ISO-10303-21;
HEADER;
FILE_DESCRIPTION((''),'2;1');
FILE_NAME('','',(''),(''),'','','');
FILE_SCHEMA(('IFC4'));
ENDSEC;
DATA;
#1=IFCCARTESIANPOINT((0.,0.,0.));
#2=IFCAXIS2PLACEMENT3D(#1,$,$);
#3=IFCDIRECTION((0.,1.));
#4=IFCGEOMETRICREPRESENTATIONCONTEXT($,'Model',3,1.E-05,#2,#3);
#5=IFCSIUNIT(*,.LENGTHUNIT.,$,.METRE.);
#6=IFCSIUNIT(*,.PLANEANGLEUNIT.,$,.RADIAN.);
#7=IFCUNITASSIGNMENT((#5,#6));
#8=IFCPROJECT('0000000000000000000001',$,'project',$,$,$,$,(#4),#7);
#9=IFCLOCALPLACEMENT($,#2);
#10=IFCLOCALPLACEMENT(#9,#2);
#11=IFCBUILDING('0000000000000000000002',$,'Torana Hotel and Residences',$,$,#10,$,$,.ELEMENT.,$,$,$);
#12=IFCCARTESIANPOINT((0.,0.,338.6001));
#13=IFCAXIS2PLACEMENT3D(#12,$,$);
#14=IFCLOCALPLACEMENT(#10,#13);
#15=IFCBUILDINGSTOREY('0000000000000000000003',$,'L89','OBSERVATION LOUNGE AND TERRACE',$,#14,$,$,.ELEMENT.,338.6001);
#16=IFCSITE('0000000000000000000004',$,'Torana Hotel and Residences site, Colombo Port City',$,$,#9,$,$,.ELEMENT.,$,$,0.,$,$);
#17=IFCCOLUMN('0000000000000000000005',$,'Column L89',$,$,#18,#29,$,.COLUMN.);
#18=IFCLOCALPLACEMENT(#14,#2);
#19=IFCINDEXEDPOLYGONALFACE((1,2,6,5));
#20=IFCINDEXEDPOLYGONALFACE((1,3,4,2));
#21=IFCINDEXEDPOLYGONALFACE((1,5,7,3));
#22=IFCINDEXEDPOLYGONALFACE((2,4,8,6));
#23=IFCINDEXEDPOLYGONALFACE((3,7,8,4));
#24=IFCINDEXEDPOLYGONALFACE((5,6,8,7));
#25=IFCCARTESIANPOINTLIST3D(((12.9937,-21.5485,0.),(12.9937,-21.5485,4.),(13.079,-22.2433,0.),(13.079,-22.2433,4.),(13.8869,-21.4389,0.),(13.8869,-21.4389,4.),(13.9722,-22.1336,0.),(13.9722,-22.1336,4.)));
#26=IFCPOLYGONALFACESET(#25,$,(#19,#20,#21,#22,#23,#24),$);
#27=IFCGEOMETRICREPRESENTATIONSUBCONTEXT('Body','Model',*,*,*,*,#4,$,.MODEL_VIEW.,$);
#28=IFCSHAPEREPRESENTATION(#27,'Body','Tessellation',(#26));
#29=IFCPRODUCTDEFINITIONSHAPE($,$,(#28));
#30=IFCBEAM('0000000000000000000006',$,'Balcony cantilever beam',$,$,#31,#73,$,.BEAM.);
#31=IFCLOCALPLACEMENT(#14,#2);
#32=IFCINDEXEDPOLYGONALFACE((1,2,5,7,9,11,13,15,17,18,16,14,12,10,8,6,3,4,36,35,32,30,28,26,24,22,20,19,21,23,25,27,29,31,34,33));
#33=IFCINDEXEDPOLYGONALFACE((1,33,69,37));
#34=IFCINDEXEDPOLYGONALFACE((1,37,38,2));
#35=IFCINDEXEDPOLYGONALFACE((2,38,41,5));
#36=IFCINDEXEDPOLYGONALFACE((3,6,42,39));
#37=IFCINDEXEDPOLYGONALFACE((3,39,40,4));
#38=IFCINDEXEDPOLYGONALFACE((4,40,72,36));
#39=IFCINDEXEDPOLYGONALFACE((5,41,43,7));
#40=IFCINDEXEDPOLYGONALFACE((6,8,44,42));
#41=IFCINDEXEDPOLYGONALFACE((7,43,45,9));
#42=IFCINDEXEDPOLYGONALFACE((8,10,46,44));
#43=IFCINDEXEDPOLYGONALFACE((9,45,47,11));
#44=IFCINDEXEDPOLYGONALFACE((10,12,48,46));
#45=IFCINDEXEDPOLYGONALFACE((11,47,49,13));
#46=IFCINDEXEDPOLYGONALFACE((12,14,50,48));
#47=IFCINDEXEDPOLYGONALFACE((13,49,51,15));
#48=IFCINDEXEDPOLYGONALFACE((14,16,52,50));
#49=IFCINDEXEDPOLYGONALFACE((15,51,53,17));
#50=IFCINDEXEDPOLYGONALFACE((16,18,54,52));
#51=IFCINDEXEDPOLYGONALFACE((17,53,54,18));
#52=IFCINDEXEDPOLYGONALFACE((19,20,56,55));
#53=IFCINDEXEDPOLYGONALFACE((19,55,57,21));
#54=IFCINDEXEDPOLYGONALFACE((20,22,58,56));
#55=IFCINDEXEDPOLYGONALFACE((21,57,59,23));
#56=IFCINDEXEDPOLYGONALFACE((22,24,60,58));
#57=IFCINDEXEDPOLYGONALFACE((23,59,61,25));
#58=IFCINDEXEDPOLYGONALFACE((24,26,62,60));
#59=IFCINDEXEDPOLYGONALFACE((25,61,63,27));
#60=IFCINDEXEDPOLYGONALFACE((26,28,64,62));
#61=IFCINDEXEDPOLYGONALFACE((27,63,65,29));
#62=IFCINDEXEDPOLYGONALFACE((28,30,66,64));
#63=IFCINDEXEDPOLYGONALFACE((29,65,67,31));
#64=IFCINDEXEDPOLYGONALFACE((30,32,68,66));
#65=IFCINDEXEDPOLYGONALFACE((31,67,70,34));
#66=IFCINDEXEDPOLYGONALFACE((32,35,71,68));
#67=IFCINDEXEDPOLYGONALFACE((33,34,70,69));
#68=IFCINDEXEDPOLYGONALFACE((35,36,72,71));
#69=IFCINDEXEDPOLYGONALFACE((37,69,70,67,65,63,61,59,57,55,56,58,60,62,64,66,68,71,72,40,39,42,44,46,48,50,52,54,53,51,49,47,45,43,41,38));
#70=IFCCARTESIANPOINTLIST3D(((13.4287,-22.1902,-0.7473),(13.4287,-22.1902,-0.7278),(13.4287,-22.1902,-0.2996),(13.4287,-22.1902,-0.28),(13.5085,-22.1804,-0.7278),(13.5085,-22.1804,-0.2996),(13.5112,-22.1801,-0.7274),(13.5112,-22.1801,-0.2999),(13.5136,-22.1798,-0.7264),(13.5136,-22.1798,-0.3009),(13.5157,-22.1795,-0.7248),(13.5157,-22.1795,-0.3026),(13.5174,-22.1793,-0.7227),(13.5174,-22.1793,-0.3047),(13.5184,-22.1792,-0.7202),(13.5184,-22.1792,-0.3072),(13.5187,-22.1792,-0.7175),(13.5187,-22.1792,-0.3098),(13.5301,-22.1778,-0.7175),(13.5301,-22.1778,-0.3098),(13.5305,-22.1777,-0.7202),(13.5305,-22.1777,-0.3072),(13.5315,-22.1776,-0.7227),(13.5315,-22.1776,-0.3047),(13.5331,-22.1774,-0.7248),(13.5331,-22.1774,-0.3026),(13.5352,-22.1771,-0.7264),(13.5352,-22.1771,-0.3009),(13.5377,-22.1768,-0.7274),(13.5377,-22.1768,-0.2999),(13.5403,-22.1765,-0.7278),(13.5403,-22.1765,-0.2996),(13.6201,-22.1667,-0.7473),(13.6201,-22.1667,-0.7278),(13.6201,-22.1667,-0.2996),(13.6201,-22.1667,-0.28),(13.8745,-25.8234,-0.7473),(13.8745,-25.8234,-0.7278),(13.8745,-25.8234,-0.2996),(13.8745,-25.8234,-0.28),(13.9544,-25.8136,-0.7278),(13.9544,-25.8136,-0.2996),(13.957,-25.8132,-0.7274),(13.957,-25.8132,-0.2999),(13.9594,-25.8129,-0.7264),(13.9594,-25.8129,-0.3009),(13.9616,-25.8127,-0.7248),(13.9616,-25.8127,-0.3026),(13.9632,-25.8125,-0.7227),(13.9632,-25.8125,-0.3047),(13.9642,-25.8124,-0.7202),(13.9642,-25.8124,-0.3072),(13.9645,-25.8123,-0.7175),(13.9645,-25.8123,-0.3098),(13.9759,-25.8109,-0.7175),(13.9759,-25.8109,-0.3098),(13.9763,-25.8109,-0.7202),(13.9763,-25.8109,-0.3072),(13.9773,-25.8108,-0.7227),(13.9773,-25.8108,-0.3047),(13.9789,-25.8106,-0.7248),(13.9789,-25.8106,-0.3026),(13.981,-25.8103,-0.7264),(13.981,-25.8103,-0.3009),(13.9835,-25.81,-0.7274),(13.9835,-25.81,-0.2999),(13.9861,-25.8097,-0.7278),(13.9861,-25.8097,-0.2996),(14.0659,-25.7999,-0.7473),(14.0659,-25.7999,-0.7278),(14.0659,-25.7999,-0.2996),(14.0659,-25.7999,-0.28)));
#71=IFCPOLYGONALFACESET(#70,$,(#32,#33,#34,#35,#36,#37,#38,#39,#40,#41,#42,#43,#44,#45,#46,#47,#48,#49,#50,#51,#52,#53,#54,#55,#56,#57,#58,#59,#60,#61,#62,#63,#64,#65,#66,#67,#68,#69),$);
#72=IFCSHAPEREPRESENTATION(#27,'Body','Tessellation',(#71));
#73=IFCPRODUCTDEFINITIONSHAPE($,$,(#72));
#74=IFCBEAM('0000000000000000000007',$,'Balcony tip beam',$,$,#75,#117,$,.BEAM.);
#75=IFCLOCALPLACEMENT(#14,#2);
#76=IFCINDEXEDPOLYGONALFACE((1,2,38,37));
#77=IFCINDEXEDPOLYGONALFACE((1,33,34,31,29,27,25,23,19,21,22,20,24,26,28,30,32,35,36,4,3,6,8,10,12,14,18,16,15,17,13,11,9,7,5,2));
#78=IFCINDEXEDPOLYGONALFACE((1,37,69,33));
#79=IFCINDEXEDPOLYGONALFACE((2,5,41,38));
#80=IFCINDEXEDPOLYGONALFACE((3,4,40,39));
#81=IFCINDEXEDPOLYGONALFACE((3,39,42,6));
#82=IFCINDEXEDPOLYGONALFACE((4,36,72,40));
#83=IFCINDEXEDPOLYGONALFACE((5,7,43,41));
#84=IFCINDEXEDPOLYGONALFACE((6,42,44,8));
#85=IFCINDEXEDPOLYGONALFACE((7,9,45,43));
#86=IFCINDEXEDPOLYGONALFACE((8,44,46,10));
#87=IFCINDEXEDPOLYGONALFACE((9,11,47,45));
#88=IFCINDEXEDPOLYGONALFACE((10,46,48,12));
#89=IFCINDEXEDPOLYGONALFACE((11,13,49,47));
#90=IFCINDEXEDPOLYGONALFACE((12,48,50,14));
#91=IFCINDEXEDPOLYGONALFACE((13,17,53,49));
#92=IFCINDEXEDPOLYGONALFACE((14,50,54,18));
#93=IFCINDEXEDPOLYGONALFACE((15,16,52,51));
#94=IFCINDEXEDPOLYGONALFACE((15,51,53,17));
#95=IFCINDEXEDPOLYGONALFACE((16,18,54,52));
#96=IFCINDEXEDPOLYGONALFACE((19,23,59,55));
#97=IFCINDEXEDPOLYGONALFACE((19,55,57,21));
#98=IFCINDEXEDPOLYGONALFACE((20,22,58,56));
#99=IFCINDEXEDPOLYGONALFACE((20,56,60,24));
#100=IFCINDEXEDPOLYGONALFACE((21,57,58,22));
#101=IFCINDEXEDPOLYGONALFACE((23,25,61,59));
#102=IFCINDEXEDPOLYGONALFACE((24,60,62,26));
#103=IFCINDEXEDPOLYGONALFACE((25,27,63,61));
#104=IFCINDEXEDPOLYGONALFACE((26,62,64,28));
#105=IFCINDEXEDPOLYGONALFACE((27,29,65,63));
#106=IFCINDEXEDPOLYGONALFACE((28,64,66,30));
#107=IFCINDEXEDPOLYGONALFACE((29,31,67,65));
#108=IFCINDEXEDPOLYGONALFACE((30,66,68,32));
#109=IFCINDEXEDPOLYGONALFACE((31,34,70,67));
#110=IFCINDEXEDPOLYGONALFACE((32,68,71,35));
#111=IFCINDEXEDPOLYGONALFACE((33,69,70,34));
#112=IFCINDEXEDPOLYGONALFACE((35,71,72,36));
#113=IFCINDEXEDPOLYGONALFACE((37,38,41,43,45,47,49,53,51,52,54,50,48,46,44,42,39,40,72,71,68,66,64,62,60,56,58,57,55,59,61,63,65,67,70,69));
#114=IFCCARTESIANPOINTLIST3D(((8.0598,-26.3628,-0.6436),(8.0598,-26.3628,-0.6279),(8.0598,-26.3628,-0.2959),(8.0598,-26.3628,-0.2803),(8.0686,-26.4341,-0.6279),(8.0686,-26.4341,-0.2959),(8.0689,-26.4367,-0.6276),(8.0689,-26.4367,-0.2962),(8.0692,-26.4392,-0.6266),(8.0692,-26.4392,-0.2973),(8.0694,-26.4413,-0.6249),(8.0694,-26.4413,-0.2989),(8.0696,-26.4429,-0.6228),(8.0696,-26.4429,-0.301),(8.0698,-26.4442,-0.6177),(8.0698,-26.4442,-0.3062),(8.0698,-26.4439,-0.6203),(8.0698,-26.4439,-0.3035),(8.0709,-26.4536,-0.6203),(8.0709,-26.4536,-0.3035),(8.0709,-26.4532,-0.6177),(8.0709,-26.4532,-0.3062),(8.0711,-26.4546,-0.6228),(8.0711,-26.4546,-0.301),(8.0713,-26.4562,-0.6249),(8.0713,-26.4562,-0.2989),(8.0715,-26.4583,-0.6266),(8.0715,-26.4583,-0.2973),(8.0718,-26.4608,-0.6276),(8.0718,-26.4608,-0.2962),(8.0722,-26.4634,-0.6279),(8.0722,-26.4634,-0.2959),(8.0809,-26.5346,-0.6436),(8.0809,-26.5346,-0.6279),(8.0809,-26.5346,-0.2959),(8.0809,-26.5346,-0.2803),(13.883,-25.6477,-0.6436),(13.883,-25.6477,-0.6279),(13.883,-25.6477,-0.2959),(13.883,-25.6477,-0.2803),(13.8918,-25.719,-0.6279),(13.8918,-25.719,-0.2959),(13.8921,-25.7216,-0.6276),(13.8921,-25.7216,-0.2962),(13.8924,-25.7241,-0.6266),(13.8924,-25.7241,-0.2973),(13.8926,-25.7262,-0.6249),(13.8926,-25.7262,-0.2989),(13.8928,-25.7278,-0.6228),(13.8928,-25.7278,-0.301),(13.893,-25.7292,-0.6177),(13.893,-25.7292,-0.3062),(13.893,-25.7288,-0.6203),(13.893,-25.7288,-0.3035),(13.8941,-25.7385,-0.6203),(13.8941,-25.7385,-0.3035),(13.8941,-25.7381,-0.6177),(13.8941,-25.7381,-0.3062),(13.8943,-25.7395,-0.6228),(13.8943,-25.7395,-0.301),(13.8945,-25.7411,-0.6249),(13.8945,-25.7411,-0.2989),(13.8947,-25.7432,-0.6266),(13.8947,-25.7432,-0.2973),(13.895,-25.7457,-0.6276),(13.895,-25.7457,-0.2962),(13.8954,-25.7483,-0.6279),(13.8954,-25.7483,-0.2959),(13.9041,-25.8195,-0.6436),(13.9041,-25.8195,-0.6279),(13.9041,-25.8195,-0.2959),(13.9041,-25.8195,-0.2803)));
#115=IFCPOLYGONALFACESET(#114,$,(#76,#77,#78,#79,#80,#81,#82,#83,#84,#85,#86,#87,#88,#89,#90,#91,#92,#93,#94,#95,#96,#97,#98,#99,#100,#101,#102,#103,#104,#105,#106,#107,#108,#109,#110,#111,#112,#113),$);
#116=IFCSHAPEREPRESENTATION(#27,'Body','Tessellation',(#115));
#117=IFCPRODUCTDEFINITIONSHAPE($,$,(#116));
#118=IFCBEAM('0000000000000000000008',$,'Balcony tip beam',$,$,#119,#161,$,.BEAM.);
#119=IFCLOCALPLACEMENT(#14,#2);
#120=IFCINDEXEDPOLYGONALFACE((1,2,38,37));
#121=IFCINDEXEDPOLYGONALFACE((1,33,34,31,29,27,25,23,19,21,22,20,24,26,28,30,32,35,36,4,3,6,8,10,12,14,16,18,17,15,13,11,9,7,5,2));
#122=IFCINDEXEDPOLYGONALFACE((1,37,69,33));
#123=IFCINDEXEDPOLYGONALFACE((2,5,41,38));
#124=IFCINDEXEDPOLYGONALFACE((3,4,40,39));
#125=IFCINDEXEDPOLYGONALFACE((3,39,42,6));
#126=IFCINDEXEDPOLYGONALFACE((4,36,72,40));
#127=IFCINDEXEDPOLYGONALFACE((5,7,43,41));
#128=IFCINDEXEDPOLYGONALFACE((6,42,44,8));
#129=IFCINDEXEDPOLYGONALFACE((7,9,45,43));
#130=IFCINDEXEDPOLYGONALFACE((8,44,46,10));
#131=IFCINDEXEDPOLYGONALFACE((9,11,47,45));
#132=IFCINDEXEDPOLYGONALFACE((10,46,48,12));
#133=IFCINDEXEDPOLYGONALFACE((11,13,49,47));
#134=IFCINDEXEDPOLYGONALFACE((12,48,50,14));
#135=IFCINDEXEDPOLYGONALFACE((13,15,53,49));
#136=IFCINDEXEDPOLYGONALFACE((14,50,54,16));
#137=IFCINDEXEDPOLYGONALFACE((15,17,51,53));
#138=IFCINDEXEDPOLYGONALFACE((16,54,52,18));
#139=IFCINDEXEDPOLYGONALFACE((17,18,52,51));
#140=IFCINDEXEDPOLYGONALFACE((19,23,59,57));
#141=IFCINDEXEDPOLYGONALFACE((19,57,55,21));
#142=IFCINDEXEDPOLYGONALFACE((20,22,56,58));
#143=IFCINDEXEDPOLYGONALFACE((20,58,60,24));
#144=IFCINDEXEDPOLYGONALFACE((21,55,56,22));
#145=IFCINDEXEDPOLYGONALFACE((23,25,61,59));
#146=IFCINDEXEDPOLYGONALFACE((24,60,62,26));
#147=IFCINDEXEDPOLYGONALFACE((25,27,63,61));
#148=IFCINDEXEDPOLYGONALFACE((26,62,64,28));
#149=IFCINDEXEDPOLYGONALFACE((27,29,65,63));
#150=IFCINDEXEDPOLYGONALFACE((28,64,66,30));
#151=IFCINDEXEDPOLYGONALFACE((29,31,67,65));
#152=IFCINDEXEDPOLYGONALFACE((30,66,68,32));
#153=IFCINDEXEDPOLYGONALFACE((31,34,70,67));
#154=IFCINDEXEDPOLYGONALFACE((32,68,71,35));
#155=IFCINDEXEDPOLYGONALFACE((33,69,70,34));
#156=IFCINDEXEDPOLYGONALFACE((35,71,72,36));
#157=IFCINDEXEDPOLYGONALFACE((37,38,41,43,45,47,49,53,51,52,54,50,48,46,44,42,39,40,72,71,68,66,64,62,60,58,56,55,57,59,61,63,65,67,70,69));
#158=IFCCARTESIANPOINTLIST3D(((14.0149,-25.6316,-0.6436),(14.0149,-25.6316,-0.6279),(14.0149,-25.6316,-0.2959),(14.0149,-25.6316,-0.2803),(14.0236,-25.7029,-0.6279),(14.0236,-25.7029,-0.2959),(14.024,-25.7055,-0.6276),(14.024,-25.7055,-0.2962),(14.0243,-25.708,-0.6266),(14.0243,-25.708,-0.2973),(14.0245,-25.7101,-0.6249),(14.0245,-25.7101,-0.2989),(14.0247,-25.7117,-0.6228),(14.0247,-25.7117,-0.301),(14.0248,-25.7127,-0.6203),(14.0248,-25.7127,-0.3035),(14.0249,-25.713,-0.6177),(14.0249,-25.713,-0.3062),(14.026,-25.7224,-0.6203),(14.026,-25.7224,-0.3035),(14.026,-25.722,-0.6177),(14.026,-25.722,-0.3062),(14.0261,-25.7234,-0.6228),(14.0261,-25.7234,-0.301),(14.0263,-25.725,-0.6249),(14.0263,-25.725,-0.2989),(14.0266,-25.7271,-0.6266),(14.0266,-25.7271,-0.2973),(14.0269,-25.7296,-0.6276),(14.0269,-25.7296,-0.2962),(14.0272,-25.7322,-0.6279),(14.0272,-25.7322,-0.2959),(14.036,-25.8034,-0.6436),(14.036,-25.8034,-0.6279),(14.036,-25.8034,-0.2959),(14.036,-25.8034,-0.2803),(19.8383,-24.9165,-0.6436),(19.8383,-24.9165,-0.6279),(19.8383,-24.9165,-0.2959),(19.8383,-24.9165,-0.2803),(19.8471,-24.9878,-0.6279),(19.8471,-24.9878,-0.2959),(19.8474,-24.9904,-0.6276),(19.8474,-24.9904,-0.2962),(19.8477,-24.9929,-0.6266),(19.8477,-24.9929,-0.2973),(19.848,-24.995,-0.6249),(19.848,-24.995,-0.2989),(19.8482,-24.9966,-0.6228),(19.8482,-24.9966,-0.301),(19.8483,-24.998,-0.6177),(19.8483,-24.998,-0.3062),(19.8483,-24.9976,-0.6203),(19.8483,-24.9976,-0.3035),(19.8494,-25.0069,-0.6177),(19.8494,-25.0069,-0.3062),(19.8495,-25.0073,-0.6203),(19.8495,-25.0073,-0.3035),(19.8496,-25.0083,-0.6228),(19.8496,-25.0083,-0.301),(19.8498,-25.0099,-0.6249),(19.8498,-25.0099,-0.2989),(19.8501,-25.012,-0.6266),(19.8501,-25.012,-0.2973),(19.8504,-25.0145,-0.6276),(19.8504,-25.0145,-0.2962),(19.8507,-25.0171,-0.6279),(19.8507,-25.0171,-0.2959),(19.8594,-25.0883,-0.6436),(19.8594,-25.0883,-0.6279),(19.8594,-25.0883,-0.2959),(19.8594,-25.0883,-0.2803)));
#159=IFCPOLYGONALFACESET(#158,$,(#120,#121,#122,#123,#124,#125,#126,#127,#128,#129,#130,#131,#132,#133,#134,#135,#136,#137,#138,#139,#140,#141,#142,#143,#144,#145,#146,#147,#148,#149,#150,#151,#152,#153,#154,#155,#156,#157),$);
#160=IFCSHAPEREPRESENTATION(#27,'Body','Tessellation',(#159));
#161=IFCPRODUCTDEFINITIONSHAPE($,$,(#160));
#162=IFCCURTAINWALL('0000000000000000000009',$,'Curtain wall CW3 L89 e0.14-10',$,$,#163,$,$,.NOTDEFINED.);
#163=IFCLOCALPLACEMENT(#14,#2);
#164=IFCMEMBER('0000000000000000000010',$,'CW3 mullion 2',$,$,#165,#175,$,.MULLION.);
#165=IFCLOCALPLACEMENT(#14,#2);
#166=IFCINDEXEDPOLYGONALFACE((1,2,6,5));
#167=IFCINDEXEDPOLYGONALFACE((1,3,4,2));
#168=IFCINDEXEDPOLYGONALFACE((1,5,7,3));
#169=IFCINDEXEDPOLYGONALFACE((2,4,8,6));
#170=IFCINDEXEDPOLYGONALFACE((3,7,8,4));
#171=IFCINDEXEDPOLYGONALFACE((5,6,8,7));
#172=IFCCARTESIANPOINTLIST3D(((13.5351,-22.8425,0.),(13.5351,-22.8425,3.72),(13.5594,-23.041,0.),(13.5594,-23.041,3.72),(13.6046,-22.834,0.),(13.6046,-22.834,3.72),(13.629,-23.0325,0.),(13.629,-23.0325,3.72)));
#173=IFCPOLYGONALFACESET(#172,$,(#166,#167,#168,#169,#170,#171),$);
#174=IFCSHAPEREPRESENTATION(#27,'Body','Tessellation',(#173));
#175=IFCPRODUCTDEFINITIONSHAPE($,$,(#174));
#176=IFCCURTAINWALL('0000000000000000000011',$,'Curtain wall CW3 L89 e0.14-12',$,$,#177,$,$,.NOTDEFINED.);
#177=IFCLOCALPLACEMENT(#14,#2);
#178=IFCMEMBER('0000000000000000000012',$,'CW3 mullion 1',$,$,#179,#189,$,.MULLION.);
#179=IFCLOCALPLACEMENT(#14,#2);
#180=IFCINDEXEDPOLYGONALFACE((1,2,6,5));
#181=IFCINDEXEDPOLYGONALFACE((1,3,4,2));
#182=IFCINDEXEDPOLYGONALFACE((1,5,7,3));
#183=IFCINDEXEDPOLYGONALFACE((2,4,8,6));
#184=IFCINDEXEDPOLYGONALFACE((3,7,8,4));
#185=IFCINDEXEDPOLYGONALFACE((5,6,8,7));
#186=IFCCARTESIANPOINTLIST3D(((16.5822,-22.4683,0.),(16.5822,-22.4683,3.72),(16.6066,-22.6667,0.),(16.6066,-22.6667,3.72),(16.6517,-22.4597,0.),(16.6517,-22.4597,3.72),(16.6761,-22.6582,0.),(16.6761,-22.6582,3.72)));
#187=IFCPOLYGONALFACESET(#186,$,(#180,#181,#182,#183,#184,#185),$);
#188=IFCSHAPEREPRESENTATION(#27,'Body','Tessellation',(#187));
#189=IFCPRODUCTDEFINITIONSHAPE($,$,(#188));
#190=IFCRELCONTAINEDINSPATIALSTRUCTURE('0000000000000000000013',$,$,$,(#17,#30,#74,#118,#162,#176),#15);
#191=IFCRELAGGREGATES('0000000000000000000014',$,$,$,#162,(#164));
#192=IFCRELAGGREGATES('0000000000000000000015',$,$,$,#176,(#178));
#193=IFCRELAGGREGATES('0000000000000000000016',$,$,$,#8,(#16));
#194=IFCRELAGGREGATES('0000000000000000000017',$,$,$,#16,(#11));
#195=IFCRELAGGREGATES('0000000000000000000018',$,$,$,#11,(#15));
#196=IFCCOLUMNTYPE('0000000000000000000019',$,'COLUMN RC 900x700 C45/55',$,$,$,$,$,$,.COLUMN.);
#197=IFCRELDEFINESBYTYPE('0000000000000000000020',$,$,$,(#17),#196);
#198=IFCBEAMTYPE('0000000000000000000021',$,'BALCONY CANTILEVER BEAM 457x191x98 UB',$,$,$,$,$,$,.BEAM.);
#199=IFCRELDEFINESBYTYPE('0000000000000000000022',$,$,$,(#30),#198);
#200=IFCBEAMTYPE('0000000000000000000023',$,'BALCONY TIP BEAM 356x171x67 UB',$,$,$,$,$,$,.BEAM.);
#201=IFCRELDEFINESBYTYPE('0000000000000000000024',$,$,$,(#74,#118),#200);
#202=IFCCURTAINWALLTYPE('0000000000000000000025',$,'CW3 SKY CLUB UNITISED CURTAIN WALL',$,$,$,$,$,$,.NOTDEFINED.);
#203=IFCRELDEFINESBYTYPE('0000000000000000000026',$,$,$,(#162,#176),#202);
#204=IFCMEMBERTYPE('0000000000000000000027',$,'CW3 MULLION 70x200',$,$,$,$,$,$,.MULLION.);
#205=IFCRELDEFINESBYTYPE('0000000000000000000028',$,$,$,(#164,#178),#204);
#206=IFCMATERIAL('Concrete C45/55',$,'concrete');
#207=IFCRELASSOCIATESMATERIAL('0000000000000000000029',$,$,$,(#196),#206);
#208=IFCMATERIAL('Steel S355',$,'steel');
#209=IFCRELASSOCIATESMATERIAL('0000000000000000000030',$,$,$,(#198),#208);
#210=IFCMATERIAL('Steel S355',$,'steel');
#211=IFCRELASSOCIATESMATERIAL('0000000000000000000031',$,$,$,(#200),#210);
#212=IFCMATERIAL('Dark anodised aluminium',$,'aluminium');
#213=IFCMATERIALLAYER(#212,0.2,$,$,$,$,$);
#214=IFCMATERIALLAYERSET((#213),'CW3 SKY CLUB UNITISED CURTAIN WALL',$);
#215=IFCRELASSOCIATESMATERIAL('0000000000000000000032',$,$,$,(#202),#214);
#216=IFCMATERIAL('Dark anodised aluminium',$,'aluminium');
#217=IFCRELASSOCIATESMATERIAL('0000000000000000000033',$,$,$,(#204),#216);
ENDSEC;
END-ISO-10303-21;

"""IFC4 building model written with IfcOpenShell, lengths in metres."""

from ifc_helpers import new_model, si_unit, direction, frame, origin, origin_2d, place, context, subcontext, project, spatial, rectangle, i_section, extrude, material, layer, layer_set, material_profile, profile_set, type_object, element, aggregate, save


model = new_model("IFC4")

# Units and contexts
model_context = context("Model", 3, precision=1e-05, world=origin(), true_north=direction((0.0, 1.0)))
body_context = subcontext(model_context, "Body", "Model", "MODEL_VIEW")
ifc_project = project(units=[si_unit("LENGTHUNIT", "METRE"), si_unit("PLANEANGLEUNIT", "RADIAN")], contexts=[model_context])

# Site, building, storey
site_placement = place(None, origin())
site = spatial("IfcSite", under=ifc_project, at=site_placement, Name="Torana Hotel and Residences site, Colombo Port City", CompositionType="ELEMENT", RefElevation=0.0)
building_placement = place(site_placement, origin())
building = spatial("IfcBuilding", under=site, at=building_placement, Name="Torana Hotel and Residences", CompositionType="ELEMENT")
storey_placement = place(building_placement, frame((0.0, 0.0, 338.6001)))
storey = spatial("IfcBuildingStorey", under=building, at=storey_placement, Name="L89", Description="OBSERVATION LOUNGE AND TERRACE", CompositionType="ELEMENT", Elevation=338.6001)

# Column
ifc_material_1 = material(Name="Concrete C45/55", Category="concrete")
ifc_material_profile_1 = material_profile(ifc_material_1, rectangle(XDim=0.8999, YDim=0.7, at=origin_2d()), Name="RC 900x700")
ifc_profile_set_1 = profile_set([ifc_material_profile_1], Name="Concrete C45/55")
column_type = type_object("IfcColumnType", Name="COLUMN RC 900x700 C45/55", PredefinedType="COLUMN", material=ifc_profile_set_1)
column_placement = place(storey_placement, frame((13.4829, -21.8411, 0.0), z_axis=(0.0, 0.0, 1.0), x_axis=(0.992546, 0.121869, 0.0)))
element("IfcColumn", 1, at=column_placement, inside=storey, type_object=column_type, Name="Column L89", PredefinedType="COLUMN", context=body_context, shape_type="SweptSolid", body=[
    extrude(rectangle(XDim=0.8999, YDim=0.7, at=origin_2d()), origin(), (0.0, 0.0, 1.0), 4.0),
])

# Beams
ifc_material_2 = material(Name="Steel S355", Category="steel")
ifc_material_profile_2 = material_profile(ifc_material_2, i_section(OverallWidth=0.1929, OverallDepth=0.4673, WebThickness=0.0115, FlangeThickness=0.0195, FilletRadius=0.0103, at=origin_2d()), Name="457x191x98 UB")
ifc_profile_set_2 = profile_set([ifc_material_profile_2], Name="Steel S355")
beam_type_1 = type_object("IfcBeamType", Name="BALCONY CANTILEVER BEAM 457x191x98 UB", PredefinedType="BEAM", material=ifc_profile_set_2)
beam_1_placement = place(storey_placement, frame((13.5244, -22.1785, -0.5137), z_axis=(0.121793, -0.992555, 0.0), x_axis=(0.992555, 0.121793, 0.0)))
element("IfcBeam", 2, at=beam_1_placement, inside=storey, type_object=beam_type_1, Name="Balcony cantilever beam", PredefinedType="BEAM", context=body_context, shape_type="SweptSolid", body=[
    extrude(i_section(OverallWidth=0.1929, OverallDepth=0.4673, WebThickness=0.0115, FlangeThickness=0.0195, FilletRadius=0.0103, at=origin_2d()), origin(), (0.0, 0.0, 1.0), 3.6604),
])
ifc_material_3 = material(Name="Steel S355", Category="steel")
ifc_material_profile_3 = material_profile(ifc_material_3, i_section(OverallWidth=0.1731, OverallDepth=0.3633, WebThickness=0.009, FlangeThickness=0.0156, FilletRadius=0.0103, at=origin_2d()), Name="356x171x67 UB")
ifc_profile_set_3 = profile_set([ifc_material_profile_3], Name="Steel S355")
beam_type_2 = type_object("IfcBeamType", Name="BALCONY TIP BEAM 356x171x67 UB", PredefinedType="BEAM", material=ifc_profile_set_3)
beam_2_placement = place(storey_placement, frame((13.8936, -25.7336, -0.4619), z_axis=(-0.992544, -0.121883, 0.0), x_axis=(0.121883, -0.992544, 0.0)))
element("IfcBeam", 3, at=beam_2_placement, inside=storey, type_object=beam_type_2, Name="Balcony tip beam", PredefinedType="BEAM", context=body_context, shape_type="SweptSolid", body=[
    extrude(i_section(OverallWidth=0.1731, OverallDepth=0.3633, WebThickness=0.009, FlangeThickness=0.0156, FilletRadius=0.0103, at=origin_2d()), origin(), (0.0, 0.0, 1.0), 5.8669),
])
beam_3_placement = place(storey_placement, frame((19.8489, -25.0024, -0.4619), z_axis=(-0.992545, -0.121878, 0.0), x_axis=(0.121878, -0.992545, 0.0)))
element("IfcBeam", 4, at=beam_3_placement, inside=storey, type_object=beam_type_2, Name="Balcony tip beam", PredefinedType="BEAM", context=body_context, shape_type="SweptSolid", body=[
    extrude(i_section(OverallWidth=0.1731, OverallDepth=0.3633, WebThickness=0.009, FlangeThickness=0.0156, FilletRadius=0.0103, at=origin_2d()), origin(), (0.0, 0.0, 1.0), 5.8672),
])

# Curtain wall, member
ifc_material_4 = material(Name="Dark anodised aluminium", Category="aluminium")
ifc_layer_1 = layer(ifc_material_4, 0.2)
ifc_layer_set_1 = layer_set([ifc_layer_1], Name="CW3 SKY CLUB UNITISED CURTAIN WALL")
curtain_wall_type = type_object("IfcCurtainWallType", Name="CW3 SKY CLUB UNITISED CURTAIN WALL", PredefinedType="NOTDEFINED", material=ifc_layer_set_1)
curtain_wall_1_placement = place(storey_placement, origin())
curtain_wall_1 = element("IfcCurtainWall", 5, at=curtain_wall_1_placement, inside=storey, type_object=curtain_wall_type, Name="Curtain wall CW3 L89 e0.14-10", PredefinedType="NOTDEFINED")
ifc_material_5 = material(Name="Dark anodised aluminium", Category="aluminium")
ifc_material_profile_4 = material_profile(ifc_material_5, rectangle(XDim=0.2, YDim=0.0701, at=origin_2d()), Name="CW3 MULLION 70x200")
ifc_profile_set_4 = profile_set([ifc_material_profile_4], Name="Dark anodised aluminium")
member_type_1 = type_object("IfcMemberType", Name="CW3 MULLION 70x200", PredefinedType="MULLION", material=ifc_profile_set_4)
member_1_placement = place(storey_placement, frame((13.582, -22.9375, 0.0), z_axis=(0.0, 0.0, 1.0), x_axis=(-0.121868, 0.992546, 0.0)))
member_1 = element("IfcMember", 6, at=member_1_placement, type_object=member_type_1, Name="CW3 mullion 2", PredefinedType="MULLION", context=body_context, shape_type="SweptSolid", body=[
    extrude(rectangle(XDim=0.2, YDim=0.0701, at=origin_2d()), origin(), (0.0, 0.0, 1.0), 3.72),
])
aggregate(curtain_wall_1, [member_1])

# Curtain wall, member
curtain_wall_2_placement = place(storey_placement, origin())
curtain_wall_2 = element("IfcCurtainWall", 7, at=curtain_wall_2_placement, inside=storey, type_object=curtain_wall_type, Name="Curtain wall CW3 L89 e0.14-12", PredefinedType="NOTDEFINED")
member_2_placement = place(storey_placement, frame((16.6292, -22.5632, 0.0), z_axis=(0.0, 0.0, 1.0), x_axis=(-0.121863, 0.992547, 0.0)))
member_2 = element("IfcMember", 8, at=member_2_placement, type_object=member_type_1, Name="CW3 mullion 1", PredefinedType="MULLION", context=body_context, shape_type="SweptSolid", body=[
    extrude(rectangle(XDim=0.2, YDim=0.0701, at=origin_2d()), origin(), (0.0, 0.0, 1.0), 3.72),
])
aggregate(curtain_wall_2, [member_2])

save(model, "model.ifc")
